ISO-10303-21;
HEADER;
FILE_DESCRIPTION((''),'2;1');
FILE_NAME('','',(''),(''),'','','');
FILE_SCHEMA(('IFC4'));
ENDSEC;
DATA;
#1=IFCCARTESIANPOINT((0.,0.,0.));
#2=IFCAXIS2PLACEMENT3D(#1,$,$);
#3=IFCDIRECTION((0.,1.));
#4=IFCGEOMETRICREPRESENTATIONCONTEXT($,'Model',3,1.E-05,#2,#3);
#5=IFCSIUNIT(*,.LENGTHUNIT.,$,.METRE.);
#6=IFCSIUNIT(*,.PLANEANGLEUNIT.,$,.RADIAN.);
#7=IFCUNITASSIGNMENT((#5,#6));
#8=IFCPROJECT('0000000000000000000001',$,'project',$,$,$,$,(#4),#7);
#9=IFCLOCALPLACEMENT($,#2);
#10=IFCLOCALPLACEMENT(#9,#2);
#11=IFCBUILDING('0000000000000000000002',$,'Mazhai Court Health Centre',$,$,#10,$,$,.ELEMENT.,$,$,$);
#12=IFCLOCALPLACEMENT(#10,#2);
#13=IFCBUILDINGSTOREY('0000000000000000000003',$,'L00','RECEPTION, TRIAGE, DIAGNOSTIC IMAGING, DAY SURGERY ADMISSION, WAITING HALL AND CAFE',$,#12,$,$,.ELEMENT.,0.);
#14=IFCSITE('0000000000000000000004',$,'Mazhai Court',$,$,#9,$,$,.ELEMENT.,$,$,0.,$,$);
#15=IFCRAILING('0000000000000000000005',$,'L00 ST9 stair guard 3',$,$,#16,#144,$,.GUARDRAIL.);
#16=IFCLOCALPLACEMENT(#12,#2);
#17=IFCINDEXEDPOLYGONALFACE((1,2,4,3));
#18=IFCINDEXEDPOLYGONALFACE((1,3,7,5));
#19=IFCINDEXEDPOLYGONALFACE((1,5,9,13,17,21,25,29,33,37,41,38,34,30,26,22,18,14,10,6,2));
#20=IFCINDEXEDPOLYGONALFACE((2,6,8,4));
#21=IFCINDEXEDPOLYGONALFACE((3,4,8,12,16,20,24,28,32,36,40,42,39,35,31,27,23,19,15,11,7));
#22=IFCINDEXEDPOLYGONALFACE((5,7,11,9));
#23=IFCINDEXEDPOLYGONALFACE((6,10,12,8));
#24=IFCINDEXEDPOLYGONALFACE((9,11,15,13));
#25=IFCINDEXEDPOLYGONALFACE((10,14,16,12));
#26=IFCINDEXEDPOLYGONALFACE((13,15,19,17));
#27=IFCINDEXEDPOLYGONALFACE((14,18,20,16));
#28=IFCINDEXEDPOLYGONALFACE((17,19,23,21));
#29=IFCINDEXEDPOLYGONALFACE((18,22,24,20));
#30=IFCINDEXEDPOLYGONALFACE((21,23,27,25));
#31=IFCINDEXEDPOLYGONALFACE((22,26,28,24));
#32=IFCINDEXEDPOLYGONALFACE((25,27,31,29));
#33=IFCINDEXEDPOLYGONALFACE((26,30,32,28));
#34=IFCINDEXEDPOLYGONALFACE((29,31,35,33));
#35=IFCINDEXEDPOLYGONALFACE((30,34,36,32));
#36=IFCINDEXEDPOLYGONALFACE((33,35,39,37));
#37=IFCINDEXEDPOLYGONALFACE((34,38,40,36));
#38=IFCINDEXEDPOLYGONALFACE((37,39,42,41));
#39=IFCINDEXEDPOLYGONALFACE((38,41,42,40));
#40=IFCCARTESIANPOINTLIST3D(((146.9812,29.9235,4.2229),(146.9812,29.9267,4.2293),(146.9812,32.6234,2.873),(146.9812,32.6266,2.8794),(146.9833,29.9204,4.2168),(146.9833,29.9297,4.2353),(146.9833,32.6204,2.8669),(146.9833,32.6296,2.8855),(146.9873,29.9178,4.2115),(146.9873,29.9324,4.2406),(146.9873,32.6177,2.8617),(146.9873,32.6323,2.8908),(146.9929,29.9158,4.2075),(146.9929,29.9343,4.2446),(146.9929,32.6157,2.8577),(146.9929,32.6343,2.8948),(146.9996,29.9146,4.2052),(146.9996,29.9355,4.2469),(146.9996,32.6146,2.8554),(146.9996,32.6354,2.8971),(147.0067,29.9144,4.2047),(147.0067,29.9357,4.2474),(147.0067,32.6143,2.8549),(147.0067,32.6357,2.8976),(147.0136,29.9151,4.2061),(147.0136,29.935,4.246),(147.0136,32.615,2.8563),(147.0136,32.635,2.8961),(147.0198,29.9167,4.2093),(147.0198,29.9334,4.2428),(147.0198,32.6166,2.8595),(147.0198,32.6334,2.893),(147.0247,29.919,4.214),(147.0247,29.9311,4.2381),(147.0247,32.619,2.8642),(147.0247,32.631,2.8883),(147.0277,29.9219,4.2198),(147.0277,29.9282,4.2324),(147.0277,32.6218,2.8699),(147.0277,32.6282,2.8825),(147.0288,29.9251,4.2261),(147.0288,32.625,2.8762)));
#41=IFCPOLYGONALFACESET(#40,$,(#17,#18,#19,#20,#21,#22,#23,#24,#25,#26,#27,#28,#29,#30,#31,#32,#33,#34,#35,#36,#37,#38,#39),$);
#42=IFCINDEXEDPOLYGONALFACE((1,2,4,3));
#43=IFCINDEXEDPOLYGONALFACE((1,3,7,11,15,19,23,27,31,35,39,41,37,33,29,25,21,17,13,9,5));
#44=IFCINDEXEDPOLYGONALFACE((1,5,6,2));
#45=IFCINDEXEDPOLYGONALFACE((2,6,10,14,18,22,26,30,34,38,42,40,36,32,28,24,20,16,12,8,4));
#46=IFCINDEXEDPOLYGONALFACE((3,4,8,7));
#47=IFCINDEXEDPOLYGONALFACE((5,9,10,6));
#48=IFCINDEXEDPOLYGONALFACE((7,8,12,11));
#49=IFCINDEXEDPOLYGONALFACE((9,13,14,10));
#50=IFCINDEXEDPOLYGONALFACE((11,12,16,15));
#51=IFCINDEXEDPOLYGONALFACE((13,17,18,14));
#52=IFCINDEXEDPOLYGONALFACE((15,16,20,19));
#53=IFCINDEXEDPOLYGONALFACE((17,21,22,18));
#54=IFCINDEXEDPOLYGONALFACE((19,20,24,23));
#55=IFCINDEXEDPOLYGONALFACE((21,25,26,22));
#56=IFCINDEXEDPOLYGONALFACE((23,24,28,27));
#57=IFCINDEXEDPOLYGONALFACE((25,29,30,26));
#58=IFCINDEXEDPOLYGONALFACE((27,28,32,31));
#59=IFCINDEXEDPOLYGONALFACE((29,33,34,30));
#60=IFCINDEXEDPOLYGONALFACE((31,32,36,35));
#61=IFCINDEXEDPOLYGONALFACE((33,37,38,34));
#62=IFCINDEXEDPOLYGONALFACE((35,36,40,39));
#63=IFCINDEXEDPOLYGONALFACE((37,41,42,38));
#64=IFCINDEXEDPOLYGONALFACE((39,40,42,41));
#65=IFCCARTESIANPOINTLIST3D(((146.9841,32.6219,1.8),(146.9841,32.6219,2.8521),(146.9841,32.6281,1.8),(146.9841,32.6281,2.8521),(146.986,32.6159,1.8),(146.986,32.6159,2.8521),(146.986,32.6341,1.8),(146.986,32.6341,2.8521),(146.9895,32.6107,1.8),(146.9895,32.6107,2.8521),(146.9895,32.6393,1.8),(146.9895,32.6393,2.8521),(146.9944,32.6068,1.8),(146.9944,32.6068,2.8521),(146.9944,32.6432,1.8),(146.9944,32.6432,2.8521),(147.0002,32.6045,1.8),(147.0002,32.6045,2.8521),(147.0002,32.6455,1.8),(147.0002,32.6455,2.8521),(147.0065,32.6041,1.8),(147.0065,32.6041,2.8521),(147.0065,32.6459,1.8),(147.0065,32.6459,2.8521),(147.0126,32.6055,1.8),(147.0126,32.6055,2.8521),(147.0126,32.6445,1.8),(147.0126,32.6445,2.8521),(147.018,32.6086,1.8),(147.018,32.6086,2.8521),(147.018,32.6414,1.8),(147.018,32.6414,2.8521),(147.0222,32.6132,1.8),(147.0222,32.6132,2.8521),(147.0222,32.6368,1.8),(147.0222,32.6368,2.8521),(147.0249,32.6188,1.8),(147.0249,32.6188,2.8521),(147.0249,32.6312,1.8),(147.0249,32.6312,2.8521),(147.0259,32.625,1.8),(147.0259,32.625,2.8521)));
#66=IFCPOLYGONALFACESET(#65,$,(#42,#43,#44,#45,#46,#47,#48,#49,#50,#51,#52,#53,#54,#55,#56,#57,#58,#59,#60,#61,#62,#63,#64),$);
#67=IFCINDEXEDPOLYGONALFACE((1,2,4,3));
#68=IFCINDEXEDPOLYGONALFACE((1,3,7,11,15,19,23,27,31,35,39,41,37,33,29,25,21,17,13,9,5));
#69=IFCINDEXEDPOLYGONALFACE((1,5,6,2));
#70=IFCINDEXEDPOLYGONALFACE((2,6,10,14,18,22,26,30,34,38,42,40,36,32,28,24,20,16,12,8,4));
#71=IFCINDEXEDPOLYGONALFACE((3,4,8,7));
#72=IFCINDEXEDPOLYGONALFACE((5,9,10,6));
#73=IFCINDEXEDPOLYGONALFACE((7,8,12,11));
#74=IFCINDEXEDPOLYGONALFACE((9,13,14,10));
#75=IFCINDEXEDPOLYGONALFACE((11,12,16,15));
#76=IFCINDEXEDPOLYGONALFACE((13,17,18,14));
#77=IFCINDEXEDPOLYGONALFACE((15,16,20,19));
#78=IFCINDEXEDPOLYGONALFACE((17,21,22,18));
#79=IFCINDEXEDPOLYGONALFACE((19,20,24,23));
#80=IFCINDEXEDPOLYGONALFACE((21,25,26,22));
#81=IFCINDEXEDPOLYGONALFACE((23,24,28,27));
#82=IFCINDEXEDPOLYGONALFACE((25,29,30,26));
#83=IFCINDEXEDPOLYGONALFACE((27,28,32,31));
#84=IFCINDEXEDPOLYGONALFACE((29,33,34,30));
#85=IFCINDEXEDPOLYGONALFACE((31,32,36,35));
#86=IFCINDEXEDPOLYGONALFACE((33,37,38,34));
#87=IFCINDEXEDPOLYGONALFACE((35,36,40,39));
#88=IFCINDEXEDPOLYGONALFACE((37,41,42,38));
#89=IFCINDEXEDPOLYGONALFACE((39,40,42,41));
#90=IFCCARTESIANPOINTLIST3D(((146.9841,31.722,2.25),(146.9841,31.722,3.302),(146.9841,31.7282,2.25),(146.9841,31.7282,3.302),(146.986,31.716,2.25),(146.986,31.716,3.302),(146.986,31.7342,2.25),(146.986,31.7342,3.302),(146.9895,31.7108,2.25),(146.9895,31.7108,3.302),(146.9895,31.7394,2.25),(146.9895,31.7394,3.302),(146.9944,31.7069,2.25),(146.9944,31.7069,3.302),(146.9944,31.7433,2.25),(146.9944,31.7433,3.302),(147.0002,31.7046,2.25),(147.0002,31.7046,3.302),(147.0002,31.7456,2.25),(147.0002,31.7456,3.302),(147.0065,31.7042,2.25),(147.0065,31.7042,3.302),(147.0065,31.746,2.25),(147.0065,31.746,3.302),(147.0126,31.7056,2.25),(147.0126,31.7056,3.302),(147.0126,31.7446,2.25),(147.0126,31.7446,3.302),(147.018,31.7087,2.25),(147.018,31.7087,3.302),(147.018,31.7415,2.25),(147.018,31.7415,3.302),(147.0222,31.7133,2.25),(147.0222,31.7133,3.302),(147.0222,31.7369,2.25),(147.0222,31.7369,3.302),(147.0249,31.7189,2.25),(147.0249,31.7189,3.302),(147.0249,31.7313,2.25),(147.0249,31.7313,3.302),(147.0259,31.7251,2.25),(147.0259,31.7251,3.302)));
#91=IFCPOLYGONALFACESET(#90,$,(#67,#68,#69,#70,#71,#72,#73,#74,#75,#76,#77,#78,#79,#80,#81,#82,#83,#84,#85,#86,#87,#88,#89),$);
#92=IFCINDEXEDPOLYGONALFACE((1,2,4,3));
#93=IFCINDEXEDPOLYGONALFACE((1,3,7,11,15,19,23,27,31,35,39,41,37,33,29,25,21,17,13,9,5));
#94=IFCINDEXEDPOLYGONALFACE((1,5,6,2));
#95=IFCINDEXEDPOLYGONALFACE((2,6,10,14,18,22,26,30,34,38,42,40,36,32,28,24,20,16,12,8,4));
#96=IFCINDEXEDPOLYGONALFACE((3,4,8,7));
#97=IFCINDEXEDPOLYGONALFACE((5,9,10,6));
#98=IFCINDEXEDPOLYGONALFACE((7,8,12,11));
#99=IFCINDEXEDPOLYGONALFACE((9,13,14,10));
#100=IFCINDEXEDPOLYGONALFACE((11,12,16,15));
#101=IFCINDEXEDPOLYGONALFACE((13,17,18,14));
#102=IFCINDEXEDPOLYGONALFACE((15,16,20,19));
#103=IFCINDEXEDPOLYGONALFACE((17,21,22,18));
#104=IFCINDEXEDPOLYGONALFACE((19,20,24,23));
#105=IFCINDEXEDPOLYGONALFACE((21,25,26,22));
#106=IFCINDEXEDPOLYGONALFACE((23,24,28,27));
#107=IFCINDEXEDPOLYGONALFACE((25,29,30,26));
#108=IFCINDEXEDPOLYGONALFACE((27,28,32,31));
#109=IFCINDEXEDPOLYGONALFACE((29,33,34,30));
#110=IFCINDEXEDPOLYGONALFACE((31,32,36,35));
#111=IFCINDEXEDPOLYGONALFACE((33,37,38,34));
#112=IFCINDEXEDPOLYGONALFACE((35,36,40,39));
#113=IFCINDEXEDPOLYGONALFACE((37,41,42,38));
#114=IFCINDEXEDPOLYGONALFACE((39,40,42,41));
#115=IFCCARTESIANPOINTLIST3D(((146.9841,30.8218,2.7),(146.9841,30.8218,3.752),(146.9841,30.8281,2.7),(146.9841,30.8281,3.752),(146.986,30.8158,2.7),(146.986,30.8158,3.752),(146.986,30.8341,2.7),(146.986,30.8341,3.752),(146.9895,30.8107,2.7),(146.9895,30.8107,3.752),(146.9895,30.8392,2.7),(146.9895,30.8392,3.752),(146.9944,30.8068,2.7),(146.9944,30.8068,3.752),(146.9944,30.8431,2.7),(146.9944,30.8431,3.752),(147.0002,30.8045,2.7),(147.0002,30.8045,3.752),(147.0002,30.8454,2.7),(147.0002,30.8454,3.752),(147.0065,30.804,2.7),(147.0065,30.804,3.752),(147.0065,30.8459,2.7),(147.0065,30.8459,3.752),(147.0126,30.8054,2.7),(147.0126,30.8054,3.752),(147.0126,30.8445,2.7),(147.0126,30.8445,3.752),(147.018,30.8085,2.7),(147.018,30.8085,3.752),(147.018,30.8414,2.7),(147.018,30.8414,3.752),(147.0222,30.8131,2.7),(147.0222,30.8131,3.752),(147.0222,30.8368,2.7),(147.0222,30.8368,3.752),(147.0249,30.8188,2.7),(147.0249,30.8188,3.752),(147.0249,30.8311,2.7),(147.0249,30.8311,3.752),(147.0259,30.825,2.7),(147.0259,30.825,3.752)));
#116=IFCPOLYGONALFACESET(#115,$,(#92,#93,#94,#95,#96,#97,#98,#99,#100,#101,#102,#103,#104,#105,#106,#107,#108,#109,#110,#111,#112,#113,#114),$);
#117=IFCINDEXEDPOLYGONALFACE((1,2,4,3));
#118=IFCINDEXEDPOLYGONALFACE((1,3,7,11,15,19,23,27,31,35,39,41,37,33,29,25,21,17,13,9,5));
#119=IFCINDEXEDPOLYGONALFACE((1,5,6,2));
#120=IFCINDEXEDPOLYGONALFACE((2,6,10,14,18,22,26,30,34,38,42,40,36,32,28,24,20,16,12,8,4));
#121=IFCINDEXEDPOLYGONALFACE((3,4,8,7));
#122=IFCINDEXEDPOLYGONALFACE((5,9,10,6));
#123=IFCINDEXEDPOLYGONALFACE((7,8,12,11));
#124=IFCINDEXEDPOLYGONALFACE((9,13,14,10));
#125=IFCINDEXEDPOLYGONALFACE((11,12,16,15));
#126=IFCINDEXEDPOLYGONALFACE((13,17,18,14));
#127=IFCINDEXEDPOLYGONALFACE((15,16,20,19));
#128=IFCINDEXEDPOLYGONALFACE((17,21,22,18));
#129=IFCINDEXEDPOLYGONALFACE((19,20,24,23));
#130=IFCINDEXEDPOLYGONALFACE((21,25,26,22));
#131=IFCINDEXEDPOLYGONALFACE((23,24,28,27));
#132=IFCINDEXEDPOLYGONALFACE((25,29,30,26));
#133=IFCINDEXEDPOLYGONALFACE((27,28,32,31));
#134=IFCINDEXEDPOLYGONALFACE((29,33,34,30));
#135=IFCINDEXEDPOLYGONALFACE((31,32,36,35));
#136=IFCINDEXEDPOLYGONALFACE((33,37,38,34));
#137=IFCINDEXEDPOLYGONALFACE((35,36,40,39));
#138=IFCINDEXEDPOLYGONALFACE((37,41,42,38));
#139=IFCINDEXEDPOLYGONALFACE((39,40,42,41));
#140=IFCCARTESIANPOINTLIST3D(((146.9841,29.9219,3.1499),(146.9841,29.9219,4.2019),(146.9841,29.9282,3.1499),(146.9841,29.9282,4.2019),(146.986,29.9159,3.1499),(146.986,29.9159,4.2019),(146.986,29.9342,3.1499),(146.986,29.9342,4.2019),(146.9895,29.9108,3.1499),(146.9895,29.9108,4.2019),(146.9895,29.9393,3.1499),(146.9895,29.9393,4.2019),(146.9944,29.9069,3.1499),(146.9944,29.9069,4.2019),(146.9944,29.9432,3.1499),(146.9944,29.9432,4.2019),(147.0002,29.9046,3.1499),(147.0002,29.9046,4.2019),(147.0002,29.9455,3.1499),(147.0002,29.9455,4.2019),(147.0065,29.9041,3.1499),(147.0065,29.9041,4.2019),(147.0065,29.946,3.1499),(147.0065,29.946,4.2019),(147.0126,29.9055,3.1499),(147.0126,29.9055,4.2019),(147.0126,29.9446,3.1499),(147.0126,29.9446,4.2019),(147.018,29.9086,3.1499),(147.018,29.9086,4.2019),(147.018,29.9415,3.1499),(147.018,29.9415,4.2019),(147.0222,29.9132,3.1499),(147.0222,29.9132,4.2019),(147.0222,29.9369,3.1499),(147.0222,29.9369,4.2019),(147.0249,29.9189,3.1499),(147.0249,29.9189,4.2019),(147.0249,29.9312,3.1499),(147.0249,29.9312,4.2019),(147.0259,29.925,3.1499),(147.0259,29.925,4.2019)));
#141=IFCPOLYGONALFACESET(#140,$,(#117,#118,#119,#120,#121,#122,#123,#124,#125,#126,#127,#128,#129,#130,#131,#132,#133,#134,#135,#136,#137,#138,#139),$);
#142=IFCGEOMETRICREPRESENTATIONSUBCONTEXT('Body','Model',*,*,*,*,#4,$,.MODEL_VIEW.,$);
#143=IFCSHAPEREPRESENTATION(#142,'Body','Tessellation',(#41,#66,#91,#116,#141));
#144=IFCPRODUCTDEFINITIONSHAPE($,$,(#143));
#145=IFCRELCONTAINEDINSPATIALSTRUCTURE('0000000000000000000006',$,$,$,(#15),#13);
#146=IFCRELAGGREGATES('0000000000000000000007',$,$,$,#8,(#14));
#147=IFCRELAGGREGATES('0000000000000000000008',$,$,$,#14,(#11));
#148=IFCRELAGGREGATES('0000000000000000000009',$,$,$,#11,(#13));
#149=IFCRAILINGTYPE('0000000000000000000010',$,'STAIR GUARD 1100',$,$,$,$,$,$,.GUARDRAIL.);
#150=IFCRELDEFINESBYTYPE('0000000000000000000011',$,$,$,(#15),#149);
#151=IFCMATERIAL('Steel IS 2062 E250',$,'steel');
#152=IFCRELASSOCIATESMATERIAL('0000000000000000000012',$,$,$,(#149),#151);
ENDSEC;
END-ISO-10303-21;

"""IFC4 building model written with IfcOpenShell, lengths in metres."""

from ifc_helpers import new_model, si_unit, direction, frame, origin, origin_2d, place, context, subcontext, project, spatial, circle, extrude, material, type_object, element, save


model = new_model("IFC4")

# Units and contexts
model_context = context("Model", 3, precision=1e-05, world=origin(), true_north=direction((0.0, 1.0)))
body_context = subcontext(model_context, "Body", "Model", "MODEL_VIEW")
ifc_project = project(units=[si_unit("LENGTHUNIT", "METRE"), si_unit("PLANEANGLEUNIT", "RADIAN")], contexts=[model_context])

# Site, building, storey
site_placement = place(None, origin())
site = spatial("IfcSite", under=ifc_project, at=site_placement, Name="Mazhai Court", CompositionType="ELEMENT", RefElevation=0.0)
building_placement = place(site_placement, origin())
building = spatial("IfcBuilding", under=site, at=building_placement, Name="Mazhai Court Health Centre", CompositionType="ELEMENT")
storey_placement = place(building_placement, origin())
storey = spatial("IfcBuildingStorey", under=building, at=storey_placement, Name="L00", Description="RECEPTION, TRIAGE, DIAGNOSTIC IMAGING, DAY SURGERY ADMISSION, WAITING HALL AND CAFE", CompositionType="ELEMENT", Elevation=0.0)

# Railing
ifc_material_1 = material(Name="Steel IS 2062 E250", Category="steel")
railing_type_1 = type_object("IfcRailingType", Name="STAIR GUARD 1100", PredefinedType="GUARDRAIL", material=ifc_material_1)
railing_1_placement = place(storey_placement, frame((147.0049, 32.625, 1.8)))
element("IfcRailing", 1, at=railing_1_placement, inside=storey, type_object=railing_type_1, Name="L00 ST9 stair guard 3", PredefinedType="GUARDRAIL", context=body_context, shape_type="SweptSolid", body=[
    extrude(circle(Radius=0.0239, at=origin_2d()), frame((0.0, 0.0, 1.0762), z_axis=(0.0, -0.894443, 0.447181), x_axis=(1.0, 0.0, 0.0)), (0.0, 0.0, 1.0), 3.0186),
    extrude(circle(Radius=0.021, at=origin_2d()), origin(), (0.0, 0.0, 1.0), 1.052),
    extrude(circle(Radius=0.021, at=origin_2d()), frame((0.0, -0.8999, 0.45)), (0.0, 0.0, 1.0), 1.052),
    extrude(circle(Radius=0.021, at=origin_2d()), frame((0.0, -1.8, 0.8999)), (0.0, 0.0, 1.0), 1.052),
    extrude(circle(Radius=0.021, at=origin_2d()), frame((0.0, -2.7, 1.3499)), (0.0, 0.0, 1.0), 1.052),
])

save(model, "model.ifc")
